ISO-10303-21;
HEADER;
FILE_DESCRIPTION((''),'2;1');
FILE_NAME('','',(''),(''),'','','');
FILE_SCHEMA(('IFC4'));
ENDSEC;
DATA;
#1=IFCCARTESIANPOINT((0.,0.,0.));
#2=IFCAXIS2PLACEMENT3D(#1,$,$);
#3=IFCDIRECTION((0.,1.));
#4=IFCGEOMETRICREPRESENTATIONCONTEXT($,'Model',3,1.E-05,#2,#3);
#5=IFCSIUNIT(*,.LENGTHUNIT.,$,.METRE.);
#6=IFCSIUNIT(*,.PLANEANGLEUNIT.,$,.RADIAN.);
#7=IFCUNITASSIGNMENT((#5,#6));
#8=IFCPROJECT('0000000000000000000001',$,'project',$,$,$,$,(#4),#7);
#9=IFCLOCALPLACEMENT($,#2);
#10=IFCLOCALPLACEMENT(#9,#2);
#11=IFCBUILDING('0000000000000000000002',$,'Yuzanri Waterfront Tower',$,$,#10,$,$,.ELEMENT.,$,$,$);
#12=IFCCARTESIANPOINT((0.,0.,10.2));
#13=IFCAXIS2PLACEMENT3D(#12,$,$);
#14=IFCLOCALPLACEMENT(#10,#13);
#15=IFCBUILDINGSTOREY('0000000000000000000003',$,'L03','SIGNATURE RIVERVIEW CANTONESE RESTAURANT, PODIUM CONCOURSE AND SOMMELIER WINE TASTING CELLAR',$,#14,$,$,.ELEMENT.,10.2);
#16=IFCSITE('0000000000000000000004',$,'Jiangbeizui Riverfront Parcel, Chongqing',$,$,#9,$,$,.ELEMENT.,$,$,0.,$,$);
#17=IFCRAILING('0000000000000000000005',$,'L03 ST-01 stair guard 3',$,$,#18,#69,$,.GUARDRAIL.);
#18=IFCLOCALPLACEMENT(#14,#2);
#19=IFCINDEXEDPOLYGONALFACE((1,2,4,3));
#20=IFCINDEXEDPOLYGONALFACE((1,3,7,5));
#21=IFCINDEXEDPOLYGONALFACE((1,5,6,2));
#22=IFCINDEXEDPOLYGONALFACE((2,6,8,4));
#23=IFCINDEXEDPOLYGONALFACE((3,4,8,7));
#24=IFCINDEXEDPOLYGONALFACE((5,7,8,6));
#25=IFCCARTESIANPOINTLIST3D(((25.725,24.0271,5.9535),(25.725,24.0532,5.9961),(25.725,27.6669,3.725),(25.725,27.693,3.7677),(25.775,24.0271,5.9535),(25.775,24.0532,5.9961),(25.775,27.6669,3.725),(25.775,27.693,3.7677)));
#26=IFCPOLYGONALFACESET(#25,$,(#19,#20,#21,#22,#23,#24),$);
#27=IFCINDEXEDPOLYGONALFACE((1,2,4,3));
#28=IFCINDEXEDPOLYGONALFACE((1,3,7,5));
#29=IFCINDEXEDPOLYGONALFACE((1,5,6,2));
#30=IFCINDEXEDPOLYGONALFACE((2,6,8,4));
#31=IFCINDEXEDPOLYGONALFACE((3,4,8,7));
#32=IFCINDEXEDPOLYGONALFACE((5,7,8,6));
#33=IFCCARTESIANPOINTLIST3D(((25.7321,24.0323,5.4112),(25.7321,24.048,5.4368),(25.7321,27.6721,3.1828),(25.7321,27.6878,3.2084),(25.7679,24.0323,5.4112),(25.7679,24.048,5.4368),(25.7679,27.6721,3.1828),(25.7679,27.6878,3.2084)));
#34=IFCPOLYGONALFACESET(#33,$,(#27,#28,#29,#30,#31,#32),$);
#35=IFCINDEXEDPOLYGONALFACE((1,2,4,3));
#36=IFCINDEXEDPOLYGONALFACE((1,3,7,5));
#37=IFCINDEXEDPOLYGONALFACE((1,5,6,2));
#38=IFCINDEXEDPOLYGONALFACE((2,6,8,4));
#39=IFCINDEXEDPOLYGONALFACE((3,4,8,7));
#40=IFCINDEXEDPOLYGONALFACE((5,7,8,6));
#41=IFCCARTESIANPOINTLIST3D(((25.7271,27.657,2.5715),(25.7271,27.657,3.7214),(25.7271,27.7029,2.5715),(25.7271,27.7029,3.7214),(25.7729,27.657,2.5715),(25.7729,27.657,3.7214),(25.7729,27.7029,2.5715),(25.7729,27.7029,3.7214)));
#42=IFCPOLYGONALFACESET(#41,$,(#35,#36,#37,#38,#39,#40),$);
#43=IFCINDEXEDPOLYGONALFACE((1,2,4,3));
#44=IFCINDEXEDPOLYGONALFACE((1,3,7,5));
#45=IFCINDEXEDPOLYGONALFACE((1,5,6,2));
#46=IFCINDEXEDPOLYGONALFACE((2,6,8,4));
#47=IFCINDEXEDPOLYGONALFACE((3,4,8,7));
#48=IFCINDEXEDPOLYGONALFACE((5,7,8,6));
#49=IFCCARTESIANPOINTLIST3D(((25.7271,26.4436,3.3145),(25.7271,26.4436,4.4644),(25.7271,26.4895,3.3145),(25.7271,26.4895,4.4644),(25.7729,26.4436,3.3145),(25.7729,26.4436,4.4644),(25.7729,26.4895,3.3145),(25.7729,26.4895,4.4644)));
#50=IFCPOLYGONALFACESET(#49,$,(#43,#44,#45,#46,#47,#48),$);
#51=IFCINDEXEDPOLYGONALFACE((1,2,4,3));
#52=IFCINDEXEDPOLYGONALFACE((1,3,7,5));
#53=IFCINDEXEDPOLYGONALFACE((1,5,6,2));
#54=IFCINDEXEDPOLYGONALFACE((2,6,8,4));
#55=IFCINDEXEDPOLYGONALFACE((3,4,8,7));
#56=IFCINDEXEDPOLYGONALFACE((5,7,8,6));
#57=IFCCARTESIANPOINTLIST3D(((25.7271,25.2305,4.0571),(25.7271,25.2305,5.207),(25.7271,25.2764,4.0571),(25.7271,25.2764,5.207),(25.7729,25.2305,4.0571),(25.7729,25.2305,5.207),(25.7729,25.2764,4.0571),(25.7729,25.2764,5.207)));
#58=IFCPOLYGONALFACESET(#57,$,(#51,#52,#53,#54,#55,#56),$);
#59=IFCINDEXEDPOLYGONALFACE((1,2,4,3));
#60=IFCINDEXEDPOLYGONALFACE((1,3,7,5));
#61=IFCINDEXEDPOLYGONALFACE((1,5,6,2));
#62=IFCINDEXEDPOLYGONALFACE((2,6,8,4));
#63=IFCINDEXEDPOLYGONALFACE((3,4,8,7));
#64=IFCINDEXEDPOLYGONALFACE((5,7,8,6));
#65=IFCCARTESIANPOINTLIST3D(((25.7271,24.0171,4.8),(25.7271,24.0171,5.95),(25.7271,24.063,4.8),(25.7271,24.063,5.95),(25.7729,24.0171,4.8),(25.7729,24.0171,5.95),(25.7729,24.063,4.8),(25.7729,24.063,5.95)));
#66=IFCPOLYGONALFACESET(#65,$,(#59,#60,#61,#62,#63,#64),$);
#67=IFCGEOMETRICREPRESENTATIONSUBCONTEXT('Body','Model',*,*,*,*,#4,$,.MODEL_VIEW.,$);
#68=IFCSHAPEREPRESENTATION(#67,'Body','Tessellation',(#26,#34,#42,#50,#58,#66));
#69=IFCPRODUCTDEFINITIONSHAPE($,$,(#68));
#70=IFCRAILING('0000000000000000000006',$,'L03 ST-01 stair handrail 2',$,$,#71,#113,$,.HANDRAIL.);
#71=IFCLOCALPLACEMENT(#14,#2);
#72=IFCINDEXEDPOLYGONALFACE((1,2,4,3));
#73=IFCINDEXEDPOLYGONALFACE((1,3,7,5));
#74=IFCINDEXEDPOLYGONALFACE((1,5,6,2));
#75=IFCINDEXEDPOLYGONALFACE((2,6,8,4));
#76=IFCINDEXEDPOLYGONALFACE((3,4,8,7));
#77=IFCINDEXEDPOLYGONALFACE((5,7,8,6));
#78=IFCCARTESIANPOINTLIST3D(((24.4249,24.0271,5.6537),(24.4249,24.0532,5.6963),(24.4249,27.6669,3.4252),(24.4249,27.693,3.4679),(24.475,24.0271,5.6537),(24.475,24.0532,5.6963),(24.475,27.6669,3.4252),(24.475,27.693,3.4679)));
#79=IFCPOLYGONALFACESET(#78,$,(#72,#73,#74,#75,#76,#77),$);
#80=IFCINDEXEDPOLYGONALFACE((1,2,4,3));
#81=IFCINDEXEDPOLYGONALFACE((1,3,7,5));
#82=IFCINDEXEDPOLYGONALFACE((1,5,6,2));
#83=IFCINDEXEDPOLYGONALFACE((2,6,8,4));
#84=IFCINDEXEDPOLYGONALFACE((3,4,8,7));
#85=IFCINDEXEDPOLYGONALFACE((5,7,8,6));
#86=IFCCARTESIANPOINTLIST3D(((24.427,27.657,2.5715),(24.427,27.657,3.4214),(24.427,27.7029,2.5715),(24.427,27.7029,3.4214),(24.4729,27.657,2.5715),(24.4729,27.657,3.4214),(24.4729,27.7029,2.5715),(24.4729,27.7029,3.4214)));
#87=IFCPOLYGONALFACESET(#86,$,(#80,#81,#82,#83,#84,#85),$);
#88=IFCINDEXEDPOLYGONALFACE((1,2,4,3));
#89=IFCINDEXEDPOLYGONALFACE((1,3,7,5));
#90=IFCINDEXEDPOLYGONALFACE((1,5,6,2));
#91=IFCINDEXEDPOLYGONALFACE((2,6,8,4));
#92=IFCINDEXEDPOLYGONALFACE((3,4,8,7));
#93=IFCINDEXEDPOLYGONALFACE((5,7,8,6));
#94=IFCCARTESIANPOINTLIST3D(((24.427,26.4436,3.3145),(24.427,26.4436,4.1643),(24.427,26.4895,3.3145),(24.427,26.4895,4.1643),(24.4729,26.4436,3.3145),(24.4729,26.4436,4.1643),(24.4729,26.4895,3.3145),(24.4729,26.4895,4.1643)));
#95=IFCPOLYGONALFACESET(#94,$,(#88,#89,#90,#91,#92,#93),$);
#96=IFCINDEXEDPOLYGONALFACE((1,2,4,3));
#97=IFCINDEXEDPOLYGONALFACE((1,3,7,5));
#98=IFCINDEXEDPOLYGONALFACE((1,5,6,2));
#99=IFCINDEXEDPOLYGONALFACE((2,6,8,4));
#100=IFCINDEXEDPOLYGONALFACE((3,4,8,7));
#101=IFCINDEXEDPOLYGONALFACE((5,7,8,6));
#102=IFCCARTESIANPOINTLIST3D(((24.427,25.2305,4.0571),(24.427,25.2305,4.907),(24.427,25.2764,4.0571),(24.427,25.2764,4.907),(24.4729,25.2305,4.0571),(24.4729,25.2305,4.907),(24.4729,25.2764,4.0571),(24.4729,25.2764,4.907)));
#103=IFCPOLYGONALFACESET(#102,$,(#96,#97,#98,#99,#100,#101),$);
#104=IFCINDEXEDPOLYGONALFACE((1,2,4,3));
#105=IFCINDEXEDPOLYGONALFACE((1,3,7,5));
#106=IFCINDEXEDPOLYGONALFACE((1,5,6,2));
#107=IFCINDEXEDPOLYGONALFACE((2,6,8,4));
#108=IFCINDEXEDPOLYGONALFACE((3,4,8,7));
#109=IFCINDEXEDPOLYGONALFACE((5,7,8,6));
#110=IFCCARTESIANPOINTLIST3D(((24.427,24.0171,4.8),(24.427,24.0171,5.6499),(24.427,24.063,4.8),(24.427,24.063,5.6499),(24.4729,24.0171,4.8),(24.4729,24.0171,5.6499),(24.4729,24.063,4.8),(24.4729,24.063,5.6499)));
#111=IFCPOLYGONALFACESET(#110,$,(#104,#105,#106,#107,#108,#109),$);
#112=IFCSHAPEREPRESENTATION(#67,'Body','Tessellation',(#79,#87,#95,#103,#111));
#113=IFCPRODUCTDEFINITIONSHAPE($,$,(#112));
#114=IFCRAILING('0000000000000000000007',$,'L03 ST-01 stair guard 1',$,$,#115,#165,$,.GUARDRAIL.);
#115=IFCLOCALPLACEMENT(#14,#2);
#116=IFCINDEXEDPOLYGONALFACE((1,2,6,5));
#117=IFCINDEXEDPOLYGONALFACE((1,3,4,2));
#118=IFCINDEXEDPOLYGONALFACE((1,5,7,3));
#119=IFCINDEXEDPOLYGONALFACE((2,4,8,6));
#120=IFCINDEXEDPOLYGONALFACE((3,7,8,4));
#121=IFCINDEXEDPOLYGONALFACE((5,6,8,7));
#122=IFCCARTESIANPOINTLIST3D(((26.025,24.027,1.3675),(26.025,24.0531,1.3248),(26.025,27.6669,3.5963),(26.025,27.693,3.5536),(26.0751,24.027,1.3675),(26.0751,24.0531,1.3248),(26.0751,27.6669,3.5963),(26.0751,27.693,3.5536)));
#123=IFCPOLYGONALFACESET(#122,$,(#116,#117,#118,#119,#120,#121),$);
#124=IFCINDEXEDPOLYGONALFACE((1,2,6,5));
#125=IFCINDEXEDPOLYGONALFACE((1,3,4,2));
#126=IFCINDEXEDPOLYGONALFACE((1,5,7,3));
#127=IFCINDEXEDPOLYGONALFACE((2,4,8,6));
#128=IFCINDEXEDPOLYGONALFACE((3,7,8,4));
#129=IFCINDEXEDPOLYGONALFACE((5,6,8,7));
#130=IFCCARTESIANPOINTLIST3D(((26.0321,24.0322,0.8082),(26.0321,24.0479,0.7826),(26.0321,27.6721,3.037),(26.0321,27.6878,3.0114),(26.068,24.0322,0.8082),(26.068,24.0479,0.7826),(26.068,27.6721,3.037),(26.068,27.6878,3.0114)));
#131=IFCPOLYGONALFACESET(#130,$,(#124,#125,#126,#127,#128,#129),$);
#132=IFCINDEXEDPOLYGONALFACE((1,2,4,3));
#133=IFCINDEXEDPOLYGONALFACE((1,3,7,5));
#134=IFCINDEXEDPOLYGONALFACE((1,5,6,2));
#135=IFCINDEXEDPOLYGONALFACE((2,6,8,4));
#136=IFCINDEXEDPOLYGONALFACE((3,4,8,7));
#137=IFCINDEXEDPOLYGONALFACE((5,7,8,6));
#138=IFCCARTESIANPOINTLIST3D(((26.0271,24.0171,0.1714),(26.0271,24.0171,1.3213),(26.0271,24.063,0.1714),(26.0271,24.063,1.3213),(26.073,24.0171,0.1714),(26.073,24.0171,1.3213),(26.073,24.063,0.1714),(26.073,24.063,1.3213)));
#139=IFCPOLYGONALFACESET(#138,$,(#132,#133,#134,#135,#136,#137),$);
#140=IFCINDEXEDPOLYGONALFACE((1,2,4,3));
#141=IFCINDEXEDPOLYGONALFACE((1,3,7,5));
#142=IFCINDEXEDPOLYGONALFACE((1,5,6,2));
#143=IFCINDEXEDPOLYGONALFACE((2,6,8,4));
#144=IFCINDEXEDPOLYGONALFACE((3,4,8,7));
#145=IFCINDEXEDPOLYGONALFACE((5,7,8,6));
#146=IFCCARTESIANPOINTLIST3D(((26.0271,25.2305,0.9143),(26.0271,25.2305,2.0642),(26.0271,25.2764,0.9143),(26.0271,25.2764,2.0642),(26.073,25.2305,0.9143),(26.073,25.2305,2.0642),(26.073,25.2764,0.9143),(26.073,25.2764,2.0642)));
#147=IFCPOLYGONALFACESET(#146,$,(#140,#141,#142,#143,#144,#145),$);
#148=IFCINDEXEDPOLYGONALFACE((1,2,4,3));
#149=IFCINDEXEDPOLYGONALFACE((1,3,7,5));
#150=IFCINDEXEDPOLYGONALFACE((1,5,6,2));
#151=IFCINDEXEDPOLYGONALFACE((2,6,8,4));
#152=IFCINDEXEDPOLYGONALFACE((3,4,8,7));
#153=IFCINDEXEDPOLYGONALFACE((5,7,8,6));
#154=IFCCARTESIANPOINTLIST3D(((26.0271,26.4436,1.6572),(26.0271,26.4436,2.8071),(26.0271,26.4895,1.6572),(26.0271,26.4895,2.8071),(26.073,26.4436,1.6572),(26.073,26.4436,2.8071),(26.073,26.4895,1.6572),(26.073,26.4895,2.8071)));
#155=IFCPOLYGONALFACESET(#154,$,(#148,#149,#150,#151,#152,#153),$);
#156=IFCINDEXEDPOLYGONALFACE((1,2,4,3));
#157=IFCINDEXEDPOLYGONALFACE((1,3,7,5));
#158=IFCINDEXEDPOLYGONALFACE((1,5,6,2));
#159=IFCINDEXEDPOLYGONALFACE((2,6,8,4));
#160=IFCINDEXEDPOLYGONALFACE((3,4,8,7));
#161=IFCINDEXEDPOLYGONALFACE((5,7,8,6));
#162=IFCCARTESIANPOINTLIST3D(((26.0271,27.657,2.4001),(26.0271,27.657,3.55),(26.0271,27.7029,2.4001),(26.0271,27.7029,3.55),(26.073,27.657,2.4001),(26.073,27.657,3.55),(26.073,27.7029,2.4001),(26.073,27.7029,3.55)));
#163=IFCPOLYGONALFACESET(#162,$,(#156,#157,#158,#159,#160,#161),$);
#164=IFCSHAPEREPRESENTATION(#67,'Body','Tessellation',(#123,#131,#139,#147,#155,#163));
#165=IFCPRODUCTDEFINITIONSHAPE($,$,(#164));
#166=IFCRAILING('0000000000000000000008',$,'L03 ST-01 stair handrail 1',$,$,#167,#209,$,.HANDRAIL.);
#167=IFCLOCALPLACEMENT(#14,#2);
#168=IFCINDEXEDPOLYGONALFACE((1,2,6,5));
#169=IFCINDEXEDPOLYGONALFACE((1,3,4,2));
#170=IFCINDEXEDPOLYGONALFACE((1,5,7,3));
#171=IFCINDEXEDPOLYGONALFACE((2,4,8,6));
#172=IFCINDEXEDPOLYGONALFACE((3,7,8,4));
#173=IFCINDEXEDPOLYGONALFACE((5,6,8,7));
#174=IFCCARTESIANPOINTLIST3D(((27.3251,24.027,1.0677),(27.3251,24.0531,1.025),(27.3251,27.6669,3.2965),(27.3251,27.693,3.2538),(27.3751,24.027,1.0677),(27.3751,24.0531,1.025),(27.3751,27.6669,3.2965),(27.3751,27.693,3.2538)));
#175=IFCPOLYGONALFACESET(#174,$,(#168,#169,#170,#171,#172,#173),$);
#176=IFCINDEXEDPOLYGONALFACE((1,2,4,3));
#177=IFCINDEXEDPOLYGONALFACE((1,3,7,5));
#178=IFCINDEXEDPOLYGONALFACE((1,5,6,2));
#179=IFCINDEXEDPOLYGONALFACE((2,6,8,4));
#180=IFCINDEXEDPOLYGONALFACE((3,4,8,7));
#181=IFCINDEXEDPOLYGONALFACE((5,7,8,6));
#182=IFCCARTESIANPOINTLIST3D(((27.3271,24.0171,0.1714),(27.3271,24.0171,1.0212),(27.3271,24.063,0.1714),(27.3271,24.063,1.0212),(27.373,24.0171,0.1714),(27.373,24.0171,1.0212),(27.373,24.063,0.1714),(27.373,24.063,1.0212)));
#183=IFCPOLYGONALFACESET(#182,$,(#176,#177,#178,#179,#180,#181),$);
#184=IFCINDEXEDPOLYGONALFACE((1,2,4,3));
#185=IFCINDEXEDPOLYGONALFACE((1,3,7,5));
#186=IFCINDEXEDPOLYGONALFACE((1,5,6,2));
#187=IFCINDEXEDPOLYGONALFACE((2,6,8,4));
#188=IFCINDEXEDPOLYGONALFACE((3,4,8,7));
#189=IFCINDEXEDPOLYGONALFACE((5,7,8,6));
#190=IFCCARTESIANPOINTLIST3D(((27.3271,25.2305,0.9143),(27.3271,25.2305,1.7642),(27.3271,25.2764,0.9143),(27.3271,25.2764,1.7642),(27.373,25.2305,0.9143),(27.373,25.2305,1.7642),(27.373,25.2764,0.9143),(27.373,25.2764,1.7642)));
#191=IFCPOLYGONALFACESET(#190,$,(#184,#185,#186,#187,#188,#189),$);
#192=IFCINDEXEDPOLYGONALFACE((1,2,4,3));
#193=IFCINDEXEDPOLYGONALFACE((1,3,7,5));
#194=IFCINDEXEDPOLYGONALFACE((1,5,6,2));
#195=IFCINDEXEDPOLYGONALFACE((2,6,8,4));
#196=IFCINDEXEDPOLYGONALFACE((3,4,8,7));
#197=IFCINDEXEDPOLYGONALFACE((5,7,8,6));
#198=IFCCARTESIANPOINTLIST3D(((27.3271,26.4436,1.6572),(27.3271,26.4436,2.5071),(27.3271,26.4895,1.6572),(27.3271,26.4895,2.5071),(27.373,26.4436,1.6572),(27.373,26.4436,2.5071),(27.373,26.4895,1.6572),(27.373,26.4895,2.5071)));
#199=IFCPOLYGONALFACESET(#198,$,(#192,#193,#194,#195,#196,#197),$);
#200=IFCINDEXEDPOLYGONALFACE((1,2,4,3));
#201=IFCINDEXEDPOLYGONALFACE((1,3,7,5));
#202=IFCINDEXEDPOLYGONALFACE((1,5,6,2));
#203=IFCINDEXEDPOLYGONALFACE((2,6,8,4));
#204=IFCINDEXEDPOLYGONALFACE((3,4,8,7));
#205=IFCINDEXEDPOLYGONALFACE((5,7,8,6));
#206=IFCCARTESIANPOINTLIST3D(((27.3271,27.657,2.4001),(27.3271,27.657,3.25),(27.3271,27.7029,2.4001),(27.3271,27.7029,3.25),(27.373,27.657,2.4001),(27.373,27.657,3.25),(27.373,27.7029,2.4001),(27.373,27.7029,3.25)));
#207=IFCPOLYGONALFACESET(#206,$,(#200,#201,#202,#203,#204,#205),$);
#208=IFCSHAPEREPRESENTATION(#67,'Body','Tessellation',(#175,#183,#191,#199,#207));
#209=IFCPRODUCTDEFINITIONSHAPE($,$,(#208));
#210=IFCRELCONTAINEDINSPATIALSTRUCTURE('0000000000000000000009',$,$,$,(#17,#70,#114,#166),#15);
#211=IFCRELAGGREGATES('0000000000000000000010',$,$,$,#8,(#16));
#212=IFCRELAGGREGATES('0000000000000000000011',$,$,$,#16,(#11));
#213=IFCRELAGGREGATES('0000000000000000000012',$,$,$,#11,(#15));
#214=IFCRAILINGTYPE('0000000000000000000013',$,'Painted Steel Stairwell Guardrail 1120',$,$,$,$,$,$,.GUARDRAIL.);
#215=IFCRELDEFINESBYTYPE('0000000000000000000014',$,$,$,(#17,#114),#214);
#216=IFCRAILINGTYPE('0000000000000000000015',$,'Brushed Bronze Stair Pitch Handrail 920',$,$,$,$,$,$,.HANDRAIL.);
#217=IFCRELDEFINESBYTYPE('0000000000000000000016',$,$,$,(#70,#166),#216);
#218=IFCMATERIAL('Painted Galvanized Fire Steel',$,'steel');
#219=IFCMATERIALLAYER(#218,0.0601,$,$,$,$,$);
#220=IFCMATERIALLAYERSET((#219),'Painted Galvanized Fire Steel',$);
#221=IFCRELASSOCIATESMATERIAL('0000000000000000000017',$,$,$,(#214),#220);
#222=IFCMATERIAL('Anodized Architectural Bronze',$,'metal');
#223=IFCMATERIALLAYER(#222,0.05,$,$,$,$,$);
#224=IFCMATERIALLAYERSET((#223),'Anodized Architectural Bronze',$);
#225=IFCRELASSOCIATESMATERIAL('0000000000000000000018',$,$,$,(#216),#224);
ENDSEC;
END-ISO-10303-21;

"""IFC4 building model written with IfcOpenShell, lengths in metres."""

from ifc_helpers import new_model, si_unit, direction, frame, origin, origin_2d, place, context, subcontext, project, spatial, rectangle, extrude, source, transform, mapped, material, layer, layer_set, type_object, element, save


model = new_model("IFC4")

# Units and contexts
model_context = context("Model", 3, precision=1e-05, world=origin(), true_north=direction((0.0, 1.0)))
body_context = subcontext(model_context, "Body", "Model", "MODEL_VIEW")
ifc_project = project(units=[si_unit("LENGTHUNIT", "METRE"), si_unit("PLANEANGLEUNIT", "RADIAN")], contexts=[model_context])

# Site, building, storey
site_placement = place(None, origin())
site = spatial("IfcSite", under=ifc_project, at=site_placement, Name="Jiangbeizui Riverfront Parcel, Chongqing", CompositionType="ELEMENT", RefElevation=0.0)
building_placement = place(site_placement, origin())
building = spatial("IfcBuilding", under=site, at=building_placement, Name="Yuzanri Waterfront Tower", CompositionType="ELEMENT")
storey_placement = place(building_placement, frame((0.0, 0.0, 10.2)))
storey = spatial("IfcBuildingStorey", under=building, at=storey_placement, Name="L03", Description="SIGNATURE RIVERVIEW CANTONESE RESTAURANT, PODIUM CONCOURSE AND SOMMELIER WINE TASTING CELLAR", CompositionType="ELEMENT", Elevation=10.2)

# Railings
ifc_material_1 = material(Name="Painted Galvanized Fire Steel", Category="steel")
ifc_layer_1 = layer(ifc_material_1, 0.0601)
ifc_layer_set_1 = layer_set([ifc_layer_1], Name="Painted Galvanized Fire Steel")
railing_type_1 = type_object("IfcRailingType", Name="Painted Steel Stairwell Guardrail 1120", PredefinedType="GUARDRAIL", material=ifc_layer_set_1)
shared_shape_1 = source(origin(), body_context, "Body", "SweptSolid", [
    extrude(rectangle(XDim=0.05, YDim=0.05, at=origin_2d()), frame((0.0, 0.0, 1.1748), z_axis=(0.0, -0.85285, 0.522156), x_axis=(1.0, 0.0, 0.0)), (0.0, 0.0, 1.0), 4.2678),
    extrude(rectangle(XDim=0.0359, YDim=0.03, at=origin_2d()), frame((0.0, 0.0, 0.624), z_axis=(0.0, -0.85285, 0.522156), x_axis=(1.0, 0.0, 0.0)), (0.0, 0.0, 1.0), 4.2678),
    extrude(rectangle(XDim=0.0459, YDim=0.0459, at=origin_2d()), origin(), (0.0, 0.0, 1.0), 1.1499),
    extrude(rectangle(XDim=0.0459, YDim=0.0459, at=origin_2d()), frame((0.0, -1.2134, 0.7429)), (0.0, 0.0, 1.0), 1.1499),
    extrude(rectangle(XDim=0.0459, YDim=0.0459, at=origin_2d()), frame((0.0, -2.4265, 1.4856)), (0.0, 0.0, 1.0), 1.1499),
    extrude(rectangle(XDim=0.0459, YDim=0.0459, at=origin_2d()), frame((0.0, -3.6399, 2.2285)), (0.0, 0.0, 1.0), 1.1499),
])
railing_1_placement = place(storey_placement, frame((25.75, 27.6799, 2.5715)))
element("IfcRailing", 1, at=railing_1_placement, inside=storey, type_object=railing_type_1, Name="L03 ST-01 stair guard 3", PredefinedType="GUARDRAIL", context=body_context, shape_type="MappedRepresentation", body=[
    mapped(shared_shape_1, transform((0.0, 0.0, 0.0), scale=1.0)),
])
ifc_material_2 = material(Name="Anodized Architectural Bronze", Category="metal")
ifc_layer_2 = layer(ifc_material_2, 0.05)
ifc_layer_set_2 = layer_set([ifc_layer_2], Name="Anodized Architectural Bronze")
railing_type_2 = type_object("IfcRailingType", Name="Brushed Bronze Stair Pitch Handrail 920", PredefinedType="HANDRAIL", material=ifc_layer_set_2)
shared_shape_2 = source(origin(), body_context, "Body", "SweptSolid", [
    extrude(rectangle(XDim=0.05, YDim=0.05, at=origin_2d()), frame((0.0, 0.0, 0.875), z_axis=(0.0, -0.85285, 0.522156), x_axis=(1.0, 0.0, 0.0)), (0.0, 0.0, 1.0), 4.2678),
    extrude(rectangle(XDim=0.0459, YDim=0.0459, at=origin_2d()), origin(), (0.0, 0.0, 1.0), 0.8499),
    extrude(rectangle(XDim=0.0459, YDim=0.0459, at=origin_2d()), frame((0.0, -1.2134, 0.7429)), (0.0, 0.0, 1.0), 0.8499),
    extrude(rectangle(XDim=0.0459, YDim=0.0459, at=origin_2d()), frame((0.0, -2.4265, 1.4856)), (0.0, 0.0, 1.0), 0.8499),
    extrude(rectangle(XDim=0.0459, YDim=0.0459, at=origin_2d()), frame((0.0, -3.6399, 2.2285)), (0.0, 0.0, 1.0), 0.8499),
])
railing_2_placement = place(storey_placement, frame((24.45, 27.6799, 2.5715)))
element("IfcRailing", 2, at=railing_2_placement, inside=storey, type_object=railing_type_2, Name="L03 ST-01 stair handrail 2", PredefinedType="HANDRAIL", context=body_context, shape_type="MappedRepresentation", body=[
    mapped(shared_shape_2, transform((0.0, 0.0, 0.0), scale=1.0)),
])
shared_shape_3 = source(origin(), body_context, "Body", "SweptSolid", [
    extrude(rectangle(XDim=0.05, YDim=0.05, at=origin_2d()), frame((0.0, 0.0, 1.1748), z_axis=(0.0, 0.852825, 0.522197), x_axis=(-1.0, 0.0, 0.0)), (0.0, 0.0, 1.0), 4.2681),
    extrude(rectangle(XDim=0.0359, YDim=0.03, at=origin_2d()), frame((0.0, 0.0, 0.624), z_axis=(0.0, 0.852825, 0.522197), x_axis=(-1.0, 0.0, 0.0)), (0.0, 0.0, 1.0), 4.2681),
    extrude(rectangle(XDim=0.0459, YDim=0.0459, at=origin_2d()), origin(), (0.0, 0.0, 1.0), 1.1499),
    extrude(rectangle(XDim=0.0459, YDim=0.0459, at=origin_2d()), frame((0.0, 1.2134, 0.7429)), (0.0, 0.0, 1.0), 1.1499),
    extrude(rectangle(XDim=0.0459, YDim=0.0459, at=origin_2d()), frame((0.0, 2.4265, 1.4858)), (0.0, 0.0, 1.0), 1.1499),
    extrude(rectangle(XDim=0.0459, YDim=0.0459, at=origin_2d()), frame((0.0, 3.6399, 2.2288)), (0.0, 0.0, 1.0), 1.1499),
])
railing_3_placement = place(storey_placement, frame((26.05, 24.04, 0.1714)))
element("IfcRailing", 3, at=railing_3_placement, inside=storey, type_object=railing_type_1, Name="L03 ST-01 stair guard 1", PredefinedType="GUARDRAIL", context=body_context, shape_type="MappedRepresentation", body=[
    mapped(shared_shape_3, transform((0.0, 0.0, 0.0), scale=1.0)),
])
shared_shape_4 = source(origin(), body_context, "Body", "SweptSolid", [
    extrude(rectangle(XDim=0.05, YDim=0.05, at=origin_2d()), frame((0.0, 0.0, 0.875), z_axis=(0.0, 0.852825, 0.522197), x_axis=(-1.0, 0.0, 0.0)), (0.0, 0.0, 1.0), 4.2681),
    extrude(rectangle(XDim=0.0459, YDim=0.0459, at=origin_2d()), origin(), (0.0, 0.0, 1.0), 0.8499),
    extrude(rectangle(XDim=0.0459, YDim=0.0459, at=origin_2d()), frame((0.0, 1.2134, 0.7429)), (0.0, 0.0, 1.0), 0.8499),
    extrude(rectangle(XDim=0.0459, YDim=0.0459, at=origin_2d()), frame((0.0, 2.4265, 1.4858)), (0.0, 0.0, 1.0), 0.8499),
    extrude(rectangle(XDim=0.0459, YDim=0.0459, at=origin_2d()), frame((0.0, 3.6399, 2.2288)), (0.0, 0.0, 1.0), 0.8499),
])
railing_4_placement = place(storey_placement, frame((27.3501, 24.04, 0.1714)))
element("IfcRailing", 4, at=railing_4_placement, inside=storey, type_object=railing_type_2, Name="L03 ST-01 stair handrail 1", PredefinedType="HANDRAIL", context=body_context, shape_type="MappedRepresentation", body=[
    mapped(shared_shape_4, transform((0.0, 0.0, 0.0), scale=1.0)),
])

save(model, "model.ifc")
